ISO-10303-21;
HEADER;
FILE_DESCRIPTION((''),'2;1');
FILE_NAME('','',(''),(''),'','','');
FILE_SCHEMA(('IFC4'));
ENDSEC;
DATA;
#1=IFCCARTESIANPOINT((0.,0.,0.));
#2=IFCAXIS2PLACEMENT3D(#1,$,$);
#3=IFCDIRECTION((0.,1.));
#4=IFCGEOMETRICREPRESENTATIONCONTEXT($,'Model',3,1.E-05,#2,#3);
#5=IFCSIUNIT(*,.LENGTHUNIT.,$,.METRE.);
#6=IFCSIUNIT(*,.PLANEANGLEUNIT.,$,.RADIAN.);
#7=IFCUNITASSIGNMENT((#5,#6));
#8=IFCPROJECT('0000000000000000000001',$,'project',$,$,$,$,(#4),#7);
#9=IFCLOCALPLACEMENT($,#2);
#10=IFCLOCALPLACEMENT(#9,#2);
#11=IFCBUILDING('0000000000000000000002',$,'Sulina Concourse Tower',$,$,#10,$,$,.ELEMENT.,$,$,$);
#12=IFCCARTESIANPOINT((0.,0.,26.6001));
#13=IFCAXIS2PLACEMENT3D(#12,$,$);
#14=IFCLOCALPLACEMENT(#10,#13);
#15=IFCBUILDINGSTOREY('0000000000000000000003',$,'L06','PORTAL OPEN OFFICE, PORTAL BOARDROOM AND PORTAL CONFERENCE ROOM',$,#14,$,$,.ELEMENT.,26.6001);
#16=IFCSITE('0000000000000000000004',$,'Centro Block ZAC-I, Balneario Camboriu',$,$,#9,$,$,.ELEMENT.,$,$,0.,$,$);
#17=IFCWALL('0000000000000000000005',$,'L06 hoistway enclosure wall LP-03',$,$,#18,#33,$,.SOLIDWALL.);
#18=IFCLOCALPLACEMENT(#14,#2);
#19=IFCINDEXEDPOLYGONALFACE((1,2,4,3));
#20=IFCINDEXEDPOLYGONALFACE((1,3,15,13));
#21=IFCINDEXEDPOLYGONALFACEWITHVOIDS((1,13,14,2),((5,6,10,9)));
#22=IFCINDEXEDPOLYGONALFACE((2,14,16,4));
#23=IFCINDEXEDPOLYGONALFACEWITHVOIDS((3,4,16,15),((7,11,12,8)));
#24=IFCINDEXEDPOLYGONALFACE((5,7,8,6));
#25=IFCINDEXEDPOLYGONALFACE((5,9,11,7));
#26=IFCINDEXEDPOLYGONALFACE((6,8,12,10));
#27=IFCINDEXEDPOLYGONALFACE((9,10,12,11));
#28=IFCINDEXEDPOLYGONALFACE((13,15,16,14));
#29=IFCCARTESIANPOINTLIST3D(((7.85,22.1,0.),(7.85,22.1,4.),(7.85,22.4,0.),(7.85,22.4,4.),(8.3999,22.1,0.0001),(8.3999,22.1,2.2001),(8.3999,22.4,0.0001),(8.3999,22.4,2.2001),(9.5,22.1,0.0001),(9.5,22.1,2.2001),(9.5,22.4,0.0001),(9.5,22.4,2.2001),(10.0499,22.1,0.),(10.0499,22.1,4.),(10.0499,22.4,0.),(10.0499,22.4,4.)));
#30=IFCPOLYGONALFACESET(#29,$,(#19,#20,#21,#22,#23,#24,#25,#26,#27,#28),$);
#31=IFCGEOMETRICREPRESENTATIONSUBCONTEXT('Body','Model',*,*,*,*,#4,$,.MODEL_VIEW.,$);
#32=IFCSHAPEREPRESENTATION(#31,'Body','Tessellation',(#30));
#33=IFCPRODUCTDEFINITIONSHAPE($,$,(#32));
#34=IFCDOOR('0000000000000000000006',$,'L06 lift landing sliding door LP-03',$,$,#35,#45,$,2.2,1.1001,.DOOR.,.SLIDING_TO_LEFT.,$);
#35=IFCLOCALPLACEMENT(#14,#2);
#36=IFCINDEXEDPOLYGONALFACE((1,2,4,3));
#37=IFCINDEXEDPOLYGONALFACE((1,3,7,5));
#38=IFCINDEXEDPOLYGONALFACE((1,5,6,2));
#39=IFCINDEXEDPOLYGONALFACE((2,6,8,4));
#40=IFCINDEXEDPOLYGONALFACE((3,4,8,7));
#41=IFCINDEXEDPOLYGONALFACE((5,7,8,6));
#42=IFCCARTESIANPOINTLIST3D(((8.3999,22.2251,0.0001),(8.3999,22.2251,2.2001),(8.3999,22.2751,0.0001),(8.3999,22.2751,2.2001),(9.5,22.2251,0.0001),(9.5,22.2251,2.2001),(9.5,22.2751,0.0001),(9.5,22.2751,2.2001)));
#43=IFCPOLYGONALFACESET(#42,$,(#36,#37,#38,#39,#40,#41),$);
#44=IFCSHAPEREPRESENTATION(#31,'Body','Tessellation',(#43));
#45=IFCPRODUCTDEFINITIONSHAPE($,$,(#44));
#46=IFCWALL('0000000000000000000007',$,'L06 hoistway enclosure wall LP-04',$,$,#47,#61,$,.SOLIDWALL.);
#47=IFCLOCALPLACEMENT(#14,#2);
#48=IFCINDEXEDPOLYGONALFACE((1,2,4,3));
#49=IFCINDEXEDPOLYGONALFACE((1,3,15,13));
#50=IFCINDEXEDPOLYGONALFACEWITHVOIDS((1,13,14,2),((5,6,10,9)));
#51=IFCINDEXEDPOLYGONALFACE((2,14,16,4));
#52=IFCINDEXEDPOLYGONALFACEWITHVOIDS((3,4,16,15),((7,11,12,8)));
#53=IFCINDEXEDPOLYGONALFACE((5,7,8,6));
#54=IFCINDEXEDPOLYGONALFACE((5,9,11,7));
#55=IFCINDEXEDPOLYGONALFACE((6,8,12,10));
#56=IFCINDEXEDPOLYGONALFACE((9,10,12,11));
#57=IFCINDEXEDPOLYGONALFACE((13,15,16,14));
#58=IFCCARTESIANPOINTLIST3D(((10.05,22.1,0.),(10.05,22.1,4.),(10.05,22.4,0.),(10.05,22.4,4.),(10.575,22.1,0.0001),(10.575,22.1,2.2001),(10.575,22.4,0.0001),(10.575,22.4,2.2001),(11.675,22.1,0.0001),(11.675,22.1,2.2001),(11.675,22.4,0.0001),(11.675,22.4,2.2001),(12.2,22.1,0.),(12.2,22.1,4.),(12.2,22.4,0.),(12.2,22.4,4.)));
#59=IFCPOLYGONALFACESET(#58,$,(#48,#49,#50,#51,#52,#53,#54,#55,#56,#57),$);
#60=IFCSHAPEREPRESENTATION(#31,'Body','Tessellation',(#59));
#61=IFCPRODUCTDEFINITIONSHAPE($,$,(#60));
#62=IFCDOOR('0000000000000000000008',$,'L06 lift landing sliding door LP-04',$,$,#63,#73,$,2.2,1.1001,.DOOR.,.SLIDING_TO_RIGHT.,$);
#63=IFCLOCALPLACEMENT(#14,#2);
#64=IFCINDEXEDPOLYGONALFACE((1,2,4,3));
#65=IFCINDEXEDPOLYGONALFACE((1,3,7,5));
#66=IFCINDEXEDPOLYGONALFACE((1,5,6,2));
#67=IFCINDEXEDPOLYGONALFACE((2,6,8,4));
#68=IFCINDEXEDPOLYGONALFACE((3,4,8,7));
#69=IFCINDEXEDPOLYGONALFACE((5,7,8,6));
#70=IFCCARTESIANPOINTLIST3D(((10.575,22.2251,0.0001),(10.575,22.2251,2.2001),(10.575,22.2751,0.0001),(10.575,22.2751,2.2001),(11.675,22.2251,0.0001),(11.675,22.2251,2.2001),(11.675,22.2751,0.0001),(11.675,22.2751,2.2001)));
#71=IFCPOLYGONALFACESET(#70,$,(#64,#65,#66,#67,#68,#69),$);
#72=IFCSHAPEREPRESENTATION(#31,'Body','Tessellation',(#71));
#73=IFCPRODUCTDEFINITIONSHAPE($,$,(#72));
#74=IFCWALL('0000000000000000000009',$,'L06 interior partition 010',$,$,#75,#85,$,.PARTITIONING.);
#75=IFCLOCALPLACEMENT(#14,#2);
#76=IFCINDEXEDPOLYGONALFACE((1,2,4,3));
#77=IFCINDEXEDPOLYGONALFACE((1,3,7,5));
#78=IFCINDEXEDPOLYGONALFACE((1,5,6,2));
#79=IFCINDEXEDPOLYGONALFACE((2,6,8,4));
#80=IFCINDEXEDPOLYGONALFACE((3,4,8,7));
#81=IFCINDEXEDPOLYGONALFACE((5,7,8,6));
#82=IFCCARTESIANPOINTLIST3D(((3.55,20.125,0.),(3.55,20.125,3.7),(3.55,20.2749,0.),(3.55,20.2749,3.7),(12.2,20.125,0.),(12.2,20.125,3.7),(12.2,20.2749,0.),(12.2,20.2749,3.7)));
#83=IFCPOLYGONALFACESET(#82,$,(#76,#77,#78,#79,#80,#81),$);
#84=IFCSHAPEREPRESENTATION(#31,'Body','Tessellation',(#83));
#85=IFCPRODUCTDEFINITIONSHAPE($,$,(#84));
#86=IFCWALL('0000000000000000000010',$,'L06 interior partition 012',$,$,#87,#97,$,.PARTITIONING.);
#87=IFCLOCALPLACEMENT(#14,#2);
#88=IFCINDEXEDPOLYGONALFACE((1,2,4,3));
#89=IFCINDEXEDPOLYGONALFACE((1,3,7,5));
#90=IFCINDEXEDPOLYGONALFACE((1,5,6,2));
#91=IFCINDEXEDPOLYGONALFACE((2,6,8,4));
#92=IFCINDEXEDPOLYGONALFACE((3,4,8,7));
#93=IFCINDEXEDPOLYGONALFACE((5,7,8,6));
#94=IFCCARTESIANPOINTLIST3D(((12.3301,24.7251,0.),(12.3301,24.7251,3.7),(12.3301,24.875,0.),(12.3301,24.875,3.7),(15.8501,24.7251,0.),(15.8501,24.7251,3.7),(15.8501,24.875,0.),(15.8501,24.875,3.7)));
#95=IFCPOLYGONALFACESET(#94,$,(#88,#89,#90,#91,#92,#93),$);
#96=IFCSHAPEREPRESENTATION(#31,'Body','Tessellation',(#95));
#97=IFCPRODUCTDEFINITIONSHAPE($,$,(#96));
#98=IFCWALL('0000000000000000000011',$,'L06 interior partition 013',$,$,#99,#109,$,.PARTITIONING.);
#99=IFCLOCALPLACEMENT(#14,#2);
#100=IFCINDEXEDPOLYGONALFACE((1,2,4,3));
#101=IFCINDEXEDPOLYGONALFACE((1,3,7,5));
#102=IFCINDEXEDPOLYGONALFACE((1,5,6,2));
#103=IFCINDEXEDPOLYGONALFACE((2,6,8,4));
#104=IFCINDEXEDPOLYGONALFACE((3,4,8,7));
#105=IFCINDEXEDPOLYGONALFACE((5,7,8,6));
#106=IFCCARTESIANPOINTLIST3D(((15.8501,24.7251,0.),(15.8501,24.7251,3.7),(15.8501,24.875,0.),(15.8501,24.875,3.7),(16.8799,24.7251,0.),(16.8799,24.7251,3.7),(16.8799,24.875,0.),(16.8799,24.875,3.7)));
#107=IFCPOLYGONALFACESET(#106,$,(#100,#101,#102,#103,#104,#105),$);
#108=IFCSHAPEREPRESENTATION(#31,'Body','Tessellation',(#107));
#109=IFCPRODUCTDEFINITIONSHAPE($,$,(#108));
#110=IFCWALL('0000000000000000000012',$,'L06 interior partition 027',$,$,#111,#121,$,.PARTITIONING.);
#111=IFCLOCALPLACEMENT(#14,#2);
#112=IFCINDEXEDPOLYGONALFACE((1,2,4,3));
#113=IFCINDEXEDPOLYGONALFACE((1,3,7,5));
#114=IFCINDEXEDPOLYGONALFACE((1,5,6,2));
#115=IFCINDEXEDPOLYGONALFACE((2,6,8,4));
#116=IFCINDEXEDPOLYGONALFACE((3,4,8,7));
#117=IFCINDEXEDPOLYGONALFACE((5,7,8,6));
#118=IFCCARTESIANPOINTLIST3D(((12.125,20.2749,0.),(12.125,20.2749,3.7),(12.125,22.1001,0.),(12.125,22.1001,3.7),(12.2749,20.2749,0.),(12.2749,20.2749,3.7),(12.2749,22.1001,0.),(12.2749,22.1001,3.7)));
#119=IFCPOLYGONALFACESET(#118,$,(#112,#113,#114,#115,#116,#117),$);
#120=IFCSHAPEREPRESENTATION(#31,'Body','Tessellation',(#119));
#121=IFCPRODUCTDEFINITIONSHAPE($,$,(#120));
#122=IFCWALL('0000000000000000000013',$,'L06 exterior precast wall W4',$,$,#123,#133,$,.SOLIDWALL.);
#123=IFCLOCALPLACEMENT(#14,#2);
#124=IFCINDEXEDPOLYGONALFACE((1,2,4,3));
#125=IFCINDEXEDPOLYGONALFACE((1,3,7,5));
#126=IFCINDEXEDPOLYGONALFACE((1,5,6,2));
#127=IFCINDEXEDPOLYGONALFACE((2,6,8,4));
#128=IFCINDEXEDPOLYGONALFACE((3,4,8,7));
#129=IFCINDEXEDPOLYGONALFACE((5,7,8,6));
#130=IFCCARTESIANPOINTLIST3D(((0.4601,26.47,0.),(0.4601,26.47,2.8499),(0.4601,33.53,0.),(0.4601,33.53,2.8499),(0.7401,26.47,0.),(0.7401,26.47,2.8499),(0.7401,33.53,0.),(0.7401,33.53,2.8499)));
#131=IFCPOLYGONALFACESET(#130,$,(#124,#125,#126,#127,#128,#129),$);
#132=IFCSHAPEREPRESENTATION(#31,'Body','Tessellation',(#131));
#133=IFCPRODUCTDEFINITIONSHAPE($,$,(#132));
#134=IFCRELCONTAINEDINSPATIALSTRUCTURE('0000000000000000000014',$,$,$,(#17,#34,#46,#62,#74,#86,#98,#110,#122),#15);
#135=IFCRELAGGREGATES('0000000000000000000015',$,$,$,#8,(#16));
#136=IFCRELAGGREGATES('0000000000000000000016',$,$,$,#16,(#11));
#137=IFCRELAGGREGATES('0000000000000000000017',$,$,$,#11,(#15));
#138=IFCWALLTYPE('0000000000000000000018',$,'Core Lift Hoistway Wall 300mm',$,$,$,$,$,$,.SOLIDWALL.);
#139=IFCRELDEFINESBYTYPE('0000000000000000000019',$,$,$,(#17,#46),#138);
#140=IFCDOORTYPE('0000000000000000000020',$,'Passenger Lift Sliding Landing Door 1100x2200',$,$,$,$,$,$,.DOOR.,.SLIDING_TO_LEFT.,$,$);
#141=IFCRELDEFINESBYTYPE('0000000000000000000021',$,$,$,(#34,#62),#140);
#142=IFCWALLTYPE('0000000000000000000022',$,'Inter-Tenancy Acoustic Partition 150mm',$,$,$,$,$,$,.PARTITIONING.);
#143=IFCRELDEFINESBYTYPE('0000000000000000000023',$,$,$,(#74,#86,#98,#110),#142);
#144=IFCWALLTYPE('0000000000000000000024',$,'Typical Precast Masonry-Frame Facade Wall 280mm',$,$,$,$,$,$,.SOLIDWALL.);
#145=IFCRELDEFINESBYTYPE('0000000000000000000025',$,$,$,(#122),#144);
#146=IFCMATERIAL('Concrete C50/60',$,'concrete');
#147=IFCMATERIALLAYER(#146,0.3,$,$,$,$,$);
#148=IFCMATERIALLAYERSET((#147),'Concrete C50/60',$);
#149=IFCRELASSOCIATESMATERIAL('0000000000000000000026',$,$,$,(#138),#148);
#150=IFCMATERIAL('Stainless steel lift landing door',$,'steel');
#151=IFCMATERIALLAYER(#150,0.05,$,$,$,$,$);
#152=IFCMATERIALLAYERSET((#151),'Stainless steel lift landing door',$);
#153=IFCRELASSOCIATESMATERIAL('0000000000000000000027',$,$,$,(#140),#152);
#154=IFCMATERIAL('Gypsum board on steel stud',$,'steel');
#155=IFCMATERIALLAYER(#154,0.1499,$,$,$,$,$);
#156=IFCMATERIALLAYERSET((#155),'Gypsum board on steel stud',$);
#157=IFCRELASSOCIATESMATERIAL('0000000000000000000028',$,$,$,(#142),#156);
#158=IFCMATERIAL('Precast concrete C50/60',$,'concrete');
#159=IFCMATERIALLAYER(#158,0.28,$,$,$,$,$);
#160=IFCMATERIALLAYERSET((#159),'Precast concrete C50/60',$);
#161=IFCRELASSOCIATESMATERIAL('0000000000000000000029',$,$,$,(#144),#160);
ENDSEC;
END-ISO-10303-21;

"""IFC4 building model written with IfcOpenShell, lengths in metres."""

from ifc_helpers import new_model, si_unit, direction, frame, frame_2d, origin, place, context, subcontext, project, spatial, rectangle, extrude, material, layer, layer_set, type_object, element, fill, save


model = new_model("IFC4")

# Units and contexts
model_context = context("Model", 3, precision=1e-05, world=origin(), true_north=direction((0.0, 1.0)))
body_context = subcontext(model_context, "Body", "Model", "MODEL_VIEW")
ifc_project = project(units=[si_unit("LENGTHUNIT", "METRE"), si_unit("PLANEANGLEUNIT", "RADIAN")], contexts=[model_context])

# Site, building, storey
site_placement = place(None, origin())
site = spatial("IfcSite", under=ifc_project, at=site_placement, Name="Centro Block ZAC-I, Balneario Camboriu", CompositionType="ELEMENT", RefElevation=0.0)
building_placement = place(site_placement, origin())
building = spatial("IfcBuilding", under=site, at=building_placement, Name="Sulina Concourse Tower", CompositionType="ELEMENT")
storey_placement = place(building_placement, frame((0.0, 0.0, 26.6001)))
storey = spatial("IfcBuildingStorey", under=building, at=storey_placement, Name="L06", Description="PORTAL OPEN OFFICE, PORTAL BOARDROOM AND PORTAL CONFERENCE ROOM", CompositionType="ELEMENT", Elevation=26.6001)

# Walls, openings, doors
ifc_material_1 = material(Name="Concrete C50/60", Category="concrete")
ifc_layer_1 = layer(ifc_material_1, 0.3)
ifc_layer_set_1 = layer_set([ifc_layer_1], Name="Concrete C50/60")
wall_type_1 = type_object("IfcWallType", Name="Core Lift Hoistway Wall 300mm", PredefinedType="SOLIDWALL", material=ifc_layer_set_1)
ifc_material_2 = material(Name="Stainless steel lift landing door", Category="steel")
ifc_layer_2 = layer(ifc_material_2, 0.05)
ifc_layer_set_2 = layer_set([ifc_layer_2], Name="Stainless steel lift landing door")
door_type = type_object("IfcDoorType", Name="Passenger Lift Sliding Landing Door 1100x2200", OperationType="SLIDING_TO_LEFT", PredefinedType="DOOR", material=ifc_layer_set_2)
wall_1_placement = place(storey_placement, frame((10.05, 22.25, 0.0), z_axis=(0.0, 0.0, 1.0), x_axis=(-1.0, 0.0, 0.0)))
wall_1 = element("IfcWall", 1, at=wall_1_placement, inside=storey, type_object=wall_type_1, Name="L06 hoistway enclosure wall LP-03", PredefinedType="SOLIDWALL", context=body_context, shape_type="SweptSolid", body=[
    extrude(rectangle(XDim=2.2, YDim=0.3, at=frame_2d((1.1001, 0.0))), origin(), (0.0, 0.0, 1.0), 4.0),
])
opening_1_placement = place(wall_1_placement, frame((0.55, 0.0, 0.0)))
opening_1 = element("IfcOpeningElement", 2, at=opening_1_placement, cuts=wall_1, PredefinedType="OPENING", context=body_context, shape_type="SweptSolid", body=[
    extrude(rectangle(XDim=1.1001, YDim=2.2, at=frame_2d((0.55, 1.1001))), frame((0.0, 0.1599, 0.0), z_axis=(0.0, -1.0, 0.0), x_axis=(1.0, 0.0, 0.0)), (0.0, 0.0, 1.0), 0.3201),
])
door_1_placement = place(opening_1_placement, origin())
door_1 = element("IfcDoor", 3, at=door_1_placement, inside=storey, type_object=door_type, Name="L06 lift landing sliding door LP-03", OperationType="SLIDING_TO_LEFT", OverallHeight=2.2, OverallWidth=1.1001, PredefinedType="DOOR", context=body_context, shape_type="SweptSolid", body=[
    extrude(rectangle(XDim=1.1001, YDim=2.2, at=frame_2d((0.55, 1.1001))), frame((0.0, 0.0249, 0.0), z_axis=(0.0, -1.0, 0.0), x_axis=(1.0, 0.0, 0.0)), (0.0, 0.0, 1.0), 0.05),
])
fill(opening_1, door_1)
wall_2_placement = place(storey_placement, frame((12.2, 22.25, 0.0), z_axis=(0.0, 0.0, 1.0), x_axis=(-1.0, 0.0, 0.0)))
wall_2 = element("IfcWall", 4, at=wall_2_placement, inside=storey, type_object=wall_type_1, Name="L06 hoistway enclosure wall LP-04", PredefinedType="SOLIDWALL", context=body_context, shape_type="SweptSolid", body=[
    extrude(rectangle(XDim=2.1499, YDim=0.3, at=frame_2d((1.075, 0.0))), origin(), (0.0, 0.0, 1.0), 4.0),
])
opening_2_placement = place(wall_2_placement, frame((0.5249, 0.0, 0.0)))
opening_2 = element("IfcOpeningElement", 5, at=opening_2_placement, cuts=wall_2, PredefinedType="OPENING", context=body_context, shape_type="SweptSolid", body=[
    extrude(rectangle(XDim=1.1001, YDim=2.2, at=frame_2d((0.55, 1.1001))), frame((0.0, 0.1599, 0.0), z_axis=(0.0, -1.0, 0.0), x_axis=(1.0, 0.0, 0.0)), (0.0, 0.0, 1.0), 0.3201),
])
door_2_placement = place(opening_2_placement, origin())
door_2 = element("IfcDoor", 6, at=door_2_placement, inside=storey, type_object=door_type, Name="L06 lift landing sliding door LP-04", OperationType="SLIDING_TO_RIGHT", OverallHeight=2.2, OverallWidth=1.1001, PredefinedType="DOOR", context=body_context, shape_type="SweptSolid", body=[
    extrude(rectangle(XDim=1.1001, YDim=2.2, at=frame_2d((0.55, 1.1001))), frame((0.0, 0.0249, 0.0), z_axis=(0.0, -1.0, 0.0), x_axis=(1.0, 0.0, 0.0)), (0.0, 0.0, 1.0), 0.05),
])
fill(opening_2, door_2)

# Walls
ifc_material_3 = material(Name="Gypsum board on steel stud", Category="steel")
ifc_layer_3 = layer(ifc_material_3, 0.1499)
ifc_layer_set_3 = layer_set([ifc_layer_3], Name="Gypsum board on steel stud")
wall_type_2 = type_object("IfcWallType", Name="Inter-Tenancy Acoustic Partition 150mm", PredefinedType="PARTITIONING", material=ifc_layer_set_3)
wall_3_placement = place(storey_placement, frame((3.55, 20.2, 0.0), z_axis=(0.0, 0.0, 1.0), x_axis=(1.0, 0.0, 0.0)))
element("IfcWall", 7, at=wall_3_placement, inside=storey, type_object=wall_type_2, Name="L06 interior partition 010", PredefinedType="PARTITIONING", context=body_context, shape_type="SweptSolid", body=[
    extrude(rectangle(XDim=8.6499, YDim=0.1499, at=frame_2d((4.325, 0.0))), origin(), (0.0, 0.0, 1.0), 3.7),
])
wall_4_placement = place(storey_placement, frame((12.3301, 24.8, 0.0), z_axis=(0.0, 0.0, 1.0), x_axis=(1.0, 0.0, 0.0)))
element("IfcWall", 8, at=wall_4_placement, inside=storey, type_object=wall_type_2, Name="L06 interior partition 012", PredefinedType="PARTITIONING", context=body_context, shape_type="SweptSolid", body=[
    extrude(rectangle(XDim=3.52, YDim=0.1499, at=frame_2d((1.76, 0.0))), origin(), (0.0, 0.0, 1.0), 3.7),
])
wall_5_placement = place(storey_placement, frame((15.8501, 24.8, 0.0), z_axis=(0.0, 0.0, 1.0), x_axis=(1.0, 0.0, 0.0)))
element("IfcWall", 9, at=wall_5_placement, inside=storey, type_object=wall_type_2, Name="L06 interior partition 013", PredefinedType="PARTITIONING", context=body_context, shape_type="SweptSolid", body=[
    extrude(rectangle(XDim=1.0298, YDim=0.1499, at=frame_2d((0.5149, 0.0))), origin(), (0.0, 0.0, 1.0), 3.7),
])
wall_6_placement = place(storey_placement, frame((12.2, 20.2749, 0.0), z_axis=(0.0, 0.0, 1.0), x_axis=(0.0, 1.0, 0.0)))
element("IfcWall", 10, at=wall_6_placement, inside=storey, type_object=wall_type_2, Name="L06 interior partition 027", PredefinedType="PARTITIONING", context=body_context, shape_type="SweptSolid", body=[
    extrude(rectangle(XDim=1.8252, YDim=0.1499, at=frame_2d((0.9126, 0.0))), origin(), (0.0, 0.0, 1.0), 3.7),
])
ifc_material_4 = material(Name="Precast concrete C50/60", Category="concrete")
ifc_layer_4 = layer(ifc_material_4, 0.28)
ifc_layer_set_4 = layer_set([ifc_layer_4], Name="Precast concrete C50/60")
wall_type_3 = type_object("IfcWallType", Name="Typical Precast Masonry-Frame Facade Wall 280mm", PredefinedType="SOLIDWALL", material=ifc_layer_set_4)
wall_7_placement = place(storey_placement, frame((0.6001, 26.47, 0.0), z_axis=(0.0, 0.0, 1.0), x_axis=(0.0, 1.0, 0.0)))
element("IfcWall", 11, at=wall_7_placement, inside=storey, type_object=wall_type_3, Name="L06 exterior precast wall W4", PredefinedType="SOLIDWALL", context=body_context, shape_type="SweptSolid", body=[
    extrude(rectangle(XDim=7.0601, YDim=0.28, at=frame_2d((3.53, 0.0))), origin(), (0.0, 0.0, 1.0), 2.8499),
])

save(model, "model.ifc")
